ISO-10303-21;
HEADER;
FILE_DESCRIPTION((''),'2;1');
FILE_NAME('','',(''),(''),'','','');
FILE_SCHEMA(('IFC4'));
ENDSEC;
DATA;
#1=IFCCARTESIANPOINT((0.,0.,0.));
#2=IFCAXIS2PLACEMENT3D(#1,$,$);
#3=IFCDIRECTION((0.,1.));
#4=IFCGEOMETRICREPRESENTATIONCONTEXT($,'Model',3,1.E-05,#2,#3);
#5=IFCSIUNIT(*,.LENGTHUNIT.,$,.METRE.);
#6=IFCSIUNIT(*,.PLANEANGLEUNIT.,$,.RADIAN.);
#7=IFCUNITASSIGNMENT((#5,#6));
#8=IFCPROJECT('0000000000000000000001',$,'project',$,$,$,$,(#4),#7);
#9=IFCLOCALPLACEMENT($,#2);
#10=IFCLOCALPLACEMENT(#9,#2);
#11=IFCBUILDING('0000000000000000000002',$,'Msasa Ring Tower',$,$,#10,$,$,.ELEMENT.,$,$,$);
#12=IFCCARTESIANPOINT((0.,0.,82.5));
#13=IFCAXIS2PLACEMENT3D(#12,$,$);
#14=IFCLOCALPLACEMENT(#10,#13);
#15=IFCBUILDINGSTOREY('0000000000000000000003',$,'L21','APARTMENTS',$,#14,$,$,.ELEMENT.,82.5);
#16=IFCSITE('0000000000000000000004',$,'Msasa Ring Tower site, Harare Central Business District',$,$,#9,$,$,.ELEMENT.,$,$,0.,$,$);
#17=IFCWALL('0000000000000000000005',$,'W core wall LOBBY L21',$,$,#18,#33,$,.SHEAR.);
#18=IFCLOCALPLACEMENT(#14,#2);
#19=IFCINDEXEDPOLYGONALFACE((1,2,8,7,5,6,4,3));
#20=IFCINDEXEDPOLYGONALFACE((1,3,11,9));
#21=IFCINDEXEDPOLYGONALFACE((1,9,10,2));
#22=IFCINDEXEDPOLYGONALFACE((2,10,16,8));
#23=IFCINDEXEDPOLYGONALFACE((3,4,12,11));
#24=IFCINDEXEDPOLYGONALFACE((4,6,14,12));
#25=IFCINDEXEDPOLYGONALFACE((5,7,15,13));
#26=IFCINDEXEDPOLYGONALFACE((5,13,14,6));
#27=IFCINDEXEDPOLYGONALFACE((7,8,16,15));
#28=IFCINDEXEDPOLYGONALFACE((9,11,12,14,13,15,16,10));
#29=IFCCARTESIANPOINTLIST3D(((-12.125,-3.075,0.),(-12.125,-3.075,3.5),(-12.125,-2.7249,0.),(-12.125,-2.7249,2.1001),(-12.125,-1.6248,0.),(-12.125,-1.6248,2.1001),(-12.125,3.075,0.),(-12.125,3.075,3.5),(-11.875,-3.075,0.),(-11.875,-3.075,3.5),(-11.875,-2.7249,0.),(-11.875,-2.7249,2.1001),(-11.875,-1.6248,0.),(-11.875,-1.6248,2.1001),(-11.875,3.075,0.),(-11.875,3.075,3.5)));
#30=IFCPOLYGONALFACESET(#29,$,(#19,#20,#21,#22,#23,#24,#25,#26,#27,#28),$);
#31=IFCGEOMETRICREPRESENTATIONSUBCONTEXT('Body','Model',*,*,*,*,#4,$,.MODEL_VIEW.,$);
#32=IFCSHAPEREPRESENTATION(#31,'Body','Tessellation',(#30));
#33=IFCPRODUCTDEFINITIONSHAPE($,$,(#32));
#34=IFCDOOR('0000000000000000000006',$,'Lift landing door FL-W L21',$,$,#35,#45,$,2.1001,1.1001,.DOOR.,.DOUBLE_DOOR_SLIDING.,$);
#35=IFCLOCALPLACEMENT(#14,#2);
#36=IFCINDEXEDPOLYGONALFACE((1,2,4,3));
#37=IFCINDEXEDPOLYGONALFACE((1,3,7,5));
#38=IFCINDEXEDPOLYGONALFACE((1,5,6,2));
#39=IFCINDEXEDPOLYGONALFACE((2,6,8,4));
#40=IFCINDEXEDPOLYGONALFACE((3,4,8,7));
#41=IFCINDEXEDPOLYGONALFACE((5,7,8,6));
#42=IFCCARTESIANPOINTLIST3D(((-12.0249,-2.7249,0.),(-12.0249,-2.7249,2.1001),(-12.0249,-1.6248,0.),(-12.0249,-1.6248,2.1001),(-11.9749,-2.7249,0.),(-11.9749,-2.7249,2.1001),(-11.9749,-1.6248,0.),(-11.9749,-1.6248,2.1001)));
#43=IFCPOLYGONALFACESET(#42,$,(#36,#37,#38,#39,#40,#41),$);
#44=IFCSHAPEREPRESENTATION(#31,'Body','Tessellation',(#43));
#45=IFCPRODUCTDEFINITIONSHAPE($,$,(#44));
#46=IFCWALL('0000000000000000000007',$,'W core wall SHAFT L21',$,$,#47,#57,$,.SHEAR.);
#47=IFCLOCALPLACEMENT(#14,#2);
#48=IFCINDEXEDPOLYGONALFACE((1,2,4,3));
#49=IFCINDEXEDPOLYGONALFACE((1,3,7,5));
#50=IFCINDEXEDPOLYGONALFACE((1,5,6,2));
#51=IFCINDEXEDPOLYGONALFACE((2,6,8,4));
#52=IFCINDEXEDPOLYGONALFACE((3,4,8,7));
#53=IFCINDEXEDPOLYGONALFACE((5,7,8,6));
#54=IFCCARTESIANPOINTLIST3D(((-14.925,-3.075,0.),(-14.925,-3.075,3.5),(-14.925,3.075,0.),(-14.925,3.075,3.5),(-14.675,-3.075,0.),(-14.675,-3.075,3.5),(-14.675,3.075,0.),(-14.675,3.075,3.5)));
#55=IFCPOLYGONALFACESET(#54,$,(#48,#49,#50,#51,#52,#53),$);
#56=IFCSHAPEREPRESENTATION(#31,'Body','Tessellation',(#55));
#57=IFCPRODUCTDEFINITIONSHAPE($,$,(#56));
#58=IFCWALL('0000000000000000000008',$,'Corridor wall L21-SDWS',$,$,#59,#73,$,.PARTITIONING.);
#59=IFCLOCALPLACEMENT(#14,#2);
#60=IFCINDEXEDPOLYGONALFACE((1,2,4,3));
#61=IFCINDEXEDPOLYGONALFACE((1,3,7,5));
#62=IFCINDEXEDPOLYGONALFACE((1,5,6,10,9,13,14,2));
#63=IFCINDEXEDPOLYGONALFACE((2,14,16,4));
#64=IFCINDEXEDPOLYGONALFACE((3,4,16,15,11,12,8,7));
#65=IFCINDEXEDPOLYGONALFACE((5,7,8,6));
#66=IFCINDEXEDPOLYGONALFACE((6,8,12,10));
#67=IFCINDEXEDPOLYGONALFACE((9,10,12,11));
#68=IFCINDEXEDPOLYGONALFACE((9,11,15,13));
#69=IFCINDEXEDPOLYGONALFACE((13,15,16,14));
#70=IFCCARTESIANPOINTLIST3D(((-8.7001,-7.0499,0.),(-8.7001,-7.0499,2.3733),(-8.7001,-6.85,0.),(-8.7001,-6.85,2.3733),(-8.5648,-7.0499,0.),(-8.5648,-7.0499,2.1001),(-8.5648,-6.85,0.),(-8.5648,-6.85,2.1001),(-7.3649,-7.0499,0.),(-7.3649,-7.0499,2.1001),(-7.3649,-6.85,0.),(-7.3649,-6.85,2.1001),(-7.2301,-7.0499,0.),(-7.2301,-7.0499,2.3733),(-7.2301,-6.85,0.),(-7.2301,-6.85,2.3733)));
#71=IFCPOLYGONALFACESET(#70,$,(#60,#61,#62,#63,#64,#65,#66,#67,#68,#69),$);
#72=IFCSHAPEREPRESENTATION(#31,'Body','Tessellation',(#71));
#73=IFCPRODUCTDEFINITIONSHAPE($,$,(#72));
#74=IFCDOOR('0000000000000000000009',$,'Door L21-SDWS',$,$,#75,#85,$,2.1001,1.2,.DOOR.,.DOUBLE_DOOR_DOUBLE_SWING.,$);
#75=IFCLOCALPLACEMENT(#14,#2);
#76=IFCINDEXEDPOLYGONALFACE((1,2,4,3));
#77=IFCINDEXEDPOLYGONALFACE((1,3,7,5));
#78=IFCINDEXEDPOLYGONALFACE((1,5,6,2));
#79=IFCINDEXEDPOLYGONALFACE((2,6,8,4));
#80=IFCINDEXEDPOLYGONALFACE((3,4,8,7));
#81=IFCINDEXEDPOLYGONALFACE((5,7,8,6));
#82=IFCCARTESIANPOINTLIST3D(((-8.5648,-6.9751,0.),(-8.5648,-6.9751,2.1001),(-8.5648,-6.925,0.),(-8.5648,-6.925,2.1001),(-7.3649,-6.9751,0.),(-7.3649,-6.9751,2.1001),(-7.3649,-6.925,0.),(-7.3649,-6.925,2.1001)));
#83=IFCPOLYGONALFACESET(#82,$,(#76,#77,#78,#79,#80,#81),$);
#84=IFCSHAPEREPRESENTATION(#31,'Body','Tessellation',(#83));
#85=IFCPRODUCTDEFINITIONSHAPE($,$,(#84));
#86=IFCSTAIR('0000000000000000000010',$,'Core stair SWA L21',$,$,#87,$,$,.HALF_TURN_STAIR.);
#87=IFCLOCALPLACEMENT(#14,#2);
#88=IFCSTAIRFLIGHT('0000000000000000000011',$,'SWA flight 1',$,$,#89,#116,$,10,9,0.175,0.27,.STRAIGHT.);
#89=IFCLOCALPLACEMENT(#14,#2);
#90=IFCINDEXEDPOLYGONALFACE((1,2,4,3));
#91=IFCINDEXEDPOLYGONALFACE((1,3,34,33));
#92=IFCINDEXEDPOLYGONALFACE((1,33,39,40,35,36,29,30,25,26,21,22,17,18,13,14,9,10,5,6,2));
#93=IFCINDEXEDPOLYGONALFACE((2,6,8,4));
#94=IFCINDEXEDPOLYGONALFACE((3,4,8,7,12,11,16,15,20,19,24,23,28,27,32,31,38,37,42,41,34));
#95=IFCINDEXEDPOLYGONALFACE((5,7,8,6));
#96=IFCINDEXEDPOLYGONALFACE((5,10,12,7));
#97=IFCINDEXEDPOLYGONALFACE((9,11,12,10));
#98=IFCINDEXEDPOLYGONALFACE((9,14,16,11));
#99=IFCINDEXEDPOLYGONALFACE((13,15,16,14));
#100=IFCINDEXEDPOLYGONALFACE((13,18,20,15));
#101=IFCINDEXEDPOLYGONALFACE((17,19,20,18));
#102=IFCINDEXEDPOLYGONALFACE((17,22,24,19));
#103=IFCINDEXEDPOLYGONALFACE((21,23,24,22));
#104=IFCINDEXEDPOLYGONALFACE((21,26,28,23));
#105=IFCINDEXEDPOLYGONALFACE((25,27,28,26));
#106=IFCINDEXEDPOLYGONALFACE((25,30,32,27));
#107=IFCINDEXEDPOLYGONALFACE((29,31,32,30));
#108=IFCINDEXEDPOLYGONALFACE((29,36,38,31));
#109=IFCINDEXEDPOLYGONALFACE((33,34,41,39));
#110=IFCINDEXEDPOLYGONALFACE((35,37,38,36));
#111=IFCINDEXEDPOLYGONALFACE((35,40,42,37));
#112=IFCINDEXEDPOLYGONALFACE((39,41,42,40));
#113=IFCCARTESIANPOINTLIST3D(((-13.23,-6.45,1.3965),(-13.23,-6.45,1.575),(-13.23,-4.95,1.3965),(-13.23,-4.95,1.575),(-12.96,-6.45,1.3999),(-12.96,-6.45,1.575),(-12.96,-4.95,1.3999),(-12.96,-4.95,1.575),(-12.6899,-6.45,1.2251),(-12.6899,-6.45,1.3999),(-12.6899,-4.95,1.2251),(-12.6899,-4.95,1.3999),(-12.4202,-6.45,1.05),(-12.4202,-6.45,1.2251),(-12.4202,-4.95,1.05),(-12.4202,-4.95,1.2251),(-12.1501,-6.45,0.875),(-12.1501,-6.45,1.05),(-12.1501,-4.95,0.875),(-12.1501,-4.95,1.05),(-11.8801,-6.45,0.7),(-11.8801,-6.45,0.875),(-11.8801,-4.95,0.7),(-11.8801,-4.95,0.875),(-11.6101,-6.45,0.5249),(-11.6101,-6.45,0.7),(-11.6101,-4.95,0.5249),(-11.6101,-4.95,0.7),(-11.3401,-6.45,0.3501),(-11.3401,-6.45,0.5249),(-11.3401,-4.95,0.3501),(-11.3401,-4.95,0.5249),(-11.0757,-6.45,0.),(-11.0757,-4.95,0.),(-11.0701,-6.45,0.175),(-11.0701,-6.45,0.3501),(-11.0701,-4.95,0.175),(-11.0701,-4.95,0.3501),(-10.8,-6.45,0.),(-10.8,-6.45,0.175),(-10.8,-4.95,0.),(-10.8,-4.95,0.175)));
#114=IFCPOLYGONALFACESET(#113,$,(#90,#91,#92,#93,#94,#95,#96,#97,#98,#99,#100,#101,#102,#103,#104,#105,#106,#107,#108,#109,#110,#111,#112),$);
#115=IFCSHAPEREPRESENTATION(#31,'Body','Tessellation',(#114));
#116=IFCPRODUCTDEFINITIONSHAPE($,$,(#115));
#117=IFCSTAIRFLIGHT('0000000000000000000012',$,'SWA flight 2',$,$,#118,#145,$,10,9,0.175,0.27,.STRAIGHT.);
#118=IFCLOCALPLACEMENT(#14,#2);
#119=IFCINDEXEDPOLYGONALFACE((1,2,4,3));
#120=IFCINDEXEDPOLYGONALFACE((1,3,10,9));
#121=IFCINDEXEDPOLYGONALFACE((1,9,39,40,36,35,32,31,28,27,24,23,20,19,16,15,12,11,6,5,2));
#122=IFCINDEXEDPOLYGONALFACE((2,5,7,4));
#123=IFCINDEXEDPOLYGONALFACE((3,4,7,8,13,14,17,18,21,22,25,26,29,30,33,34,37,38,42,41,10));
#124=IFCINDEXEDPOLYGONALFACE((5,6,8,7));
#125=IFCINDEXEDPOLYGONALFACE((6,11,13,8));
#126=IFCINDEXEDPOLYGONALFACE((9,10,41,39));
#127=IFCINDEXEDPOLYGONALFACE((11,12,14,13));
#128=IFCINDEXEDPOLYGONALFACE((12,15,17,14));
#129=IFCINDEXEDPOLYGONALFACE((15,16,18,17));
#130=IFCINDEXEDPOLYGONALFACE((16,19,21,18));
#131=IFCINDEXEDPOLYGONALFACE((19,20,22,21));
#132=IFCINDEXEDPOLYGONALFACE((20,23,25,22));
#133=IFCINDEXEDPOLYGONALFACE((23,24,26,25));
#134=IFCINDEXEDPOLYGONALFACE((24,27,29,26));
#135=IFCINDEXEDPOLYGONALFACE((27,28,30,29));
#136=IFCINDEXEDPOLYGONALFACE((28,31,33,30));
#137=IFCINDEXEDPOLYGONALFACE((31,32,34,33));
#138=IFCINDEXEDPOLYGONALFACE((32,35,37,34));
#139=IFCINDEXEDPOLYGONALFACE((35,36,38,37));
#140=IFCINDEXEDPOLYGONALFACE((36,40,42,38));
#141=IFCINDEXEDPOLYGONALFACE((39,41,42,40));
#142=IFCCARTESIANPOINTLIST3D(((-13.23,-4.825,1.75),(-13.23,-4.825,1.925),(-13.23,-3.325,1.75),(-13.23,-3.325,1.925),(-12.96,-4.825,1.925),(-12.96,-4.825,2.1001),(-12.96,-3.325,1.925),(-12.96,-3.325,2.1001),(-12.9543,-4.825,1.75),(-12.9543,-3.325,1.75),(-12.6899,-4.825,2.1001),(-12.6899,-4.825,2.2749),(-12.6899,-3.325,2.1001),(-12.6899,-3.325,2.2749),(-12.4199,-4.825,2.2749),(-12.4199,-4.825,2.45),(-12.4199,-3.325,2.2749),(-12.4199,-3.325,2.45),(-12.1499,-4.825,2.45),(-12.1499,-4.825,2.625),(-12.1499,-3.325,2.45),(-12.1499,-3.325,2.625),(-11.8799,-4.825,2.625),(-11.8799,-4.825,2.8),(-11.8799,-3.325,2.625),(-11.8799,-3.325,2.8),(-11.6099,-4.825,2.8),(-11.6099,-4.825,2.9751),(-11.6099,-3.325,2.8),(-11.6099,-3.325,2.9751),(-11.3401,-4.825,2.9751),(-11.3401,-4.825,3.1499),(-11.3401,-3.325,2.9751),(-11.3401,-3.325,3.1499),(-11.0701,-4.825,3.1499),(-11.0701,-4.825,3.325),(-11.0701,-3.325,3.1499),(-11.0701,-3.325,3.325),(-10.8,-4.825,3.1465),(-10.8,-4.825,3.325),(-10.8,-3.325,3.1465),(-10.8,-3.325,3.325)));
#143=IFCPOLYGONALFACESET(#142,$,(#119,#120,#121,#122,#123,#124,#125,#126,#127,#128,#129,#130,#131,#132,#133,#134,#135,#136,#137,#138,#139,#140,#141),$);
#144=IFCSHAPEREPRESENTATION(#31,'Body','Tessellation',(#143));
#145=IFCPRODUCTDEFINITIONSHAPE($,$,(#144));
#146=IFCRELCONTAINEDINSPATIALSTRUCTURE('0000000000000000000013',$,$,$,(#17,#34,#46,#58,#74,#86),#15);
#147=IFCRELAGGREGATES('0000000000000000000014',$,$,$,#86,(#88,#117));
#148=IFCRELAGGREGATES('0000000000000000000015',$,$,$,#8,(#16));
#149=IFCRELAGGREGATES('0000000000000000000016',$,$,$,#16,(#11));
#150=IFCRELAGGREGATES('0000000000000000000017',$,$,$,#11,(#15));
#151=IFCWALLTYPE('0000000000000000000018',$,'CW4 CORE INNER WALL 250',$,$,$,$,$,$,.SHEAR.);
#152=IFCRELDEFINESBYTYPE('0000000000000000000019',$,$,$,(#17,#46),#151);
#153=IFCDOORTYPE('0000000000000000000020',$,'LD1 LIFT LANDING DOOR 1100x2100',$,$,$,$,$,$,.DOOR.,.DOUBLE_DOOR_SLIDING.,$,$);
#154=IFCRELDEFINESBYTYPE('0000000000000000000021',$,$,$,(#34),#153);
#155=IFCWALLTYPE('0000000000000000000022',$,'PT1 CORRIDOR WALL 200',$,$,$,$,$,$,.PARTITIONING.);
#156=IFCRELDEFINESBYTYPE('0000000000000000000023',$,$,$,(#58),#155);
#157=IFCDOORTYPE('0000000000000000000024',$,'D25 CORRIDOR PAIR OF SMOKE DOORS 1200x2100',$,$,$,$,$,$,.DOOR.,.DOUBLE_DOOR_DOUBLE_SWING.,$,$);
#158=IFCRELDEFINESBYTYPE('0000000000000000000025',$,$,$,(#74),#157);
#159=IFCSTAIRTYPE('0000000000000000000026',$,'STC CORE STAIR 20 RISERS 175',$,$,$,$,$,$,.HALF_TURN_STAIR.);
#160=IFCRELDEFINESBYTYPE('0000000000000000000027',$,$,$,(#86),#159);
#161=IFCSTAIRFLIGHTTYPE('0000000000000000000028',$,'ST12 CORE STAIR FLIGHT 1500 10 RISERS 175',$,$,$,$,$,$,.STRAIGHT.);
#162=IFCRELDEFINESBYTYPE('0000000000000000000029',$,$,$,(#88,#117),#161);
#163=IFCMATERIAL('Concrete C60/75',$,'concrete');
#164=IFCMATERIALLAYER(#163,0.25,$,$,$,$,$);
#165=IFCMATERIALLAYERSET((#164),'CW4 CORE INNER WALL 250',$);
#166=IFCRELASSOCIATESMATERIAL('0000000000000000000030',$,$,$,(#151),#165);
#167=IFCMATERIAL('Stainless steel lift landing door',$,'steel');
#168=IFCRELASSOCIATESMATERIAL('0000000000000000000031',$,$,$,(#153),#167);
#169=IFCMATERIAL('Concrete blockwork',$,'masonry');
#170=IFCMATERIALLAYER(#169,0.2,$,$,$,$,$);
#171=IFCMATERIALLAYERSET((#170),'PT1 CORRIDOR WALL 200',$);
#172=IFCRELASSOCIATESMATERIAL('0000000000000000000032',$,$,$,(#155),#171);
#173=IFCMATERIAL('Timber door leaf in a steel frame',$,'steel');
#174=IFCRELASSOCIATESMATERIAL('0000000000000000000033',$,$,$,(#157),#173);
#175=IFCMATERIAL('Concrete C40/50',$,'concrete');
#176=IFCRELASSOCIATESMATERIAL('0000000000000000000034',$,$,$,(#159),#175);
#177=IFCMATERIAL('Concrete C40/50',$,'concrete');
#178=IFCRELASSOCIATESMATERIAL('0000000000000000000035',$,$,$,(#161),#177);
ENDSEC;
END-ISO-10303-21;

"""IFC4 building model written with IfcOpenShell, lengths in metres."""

from ifc_helpers import new_model, si_unit, direction, frame, frame_2d, origin, place, context, subcontext, project, spatial, polyline, rectangle, outline, extrude, material, layer, layer_set, type_object, element, fill, aggregate, save


model = new_model("IFC4")

# Units and contexts
model_context = context("Model", 3, precision=1e-05, world=origin(), true_north=direction((0.0, 1.0)))
body_context = subcontext(model_context, "Body", "Model", "MODEL_VIEW")
ifc_project = project(units=[si_unit("LENGTHUNIT", "METRE"), si_unit("PLANEANGLEUNIT", "RADIAN")], contexts=[model_context])

# Site, building, storey
site_placement = place(None, origin())
site = spatial("IfcSite", under=ifc_project, at=site_placement, Name="Msasa Ring Tower site, Harare Central Business District", CompositionType="ELEMENT", RefElevation=0.0)
building_placement = place(site_placement, origin())
building = spatial("IfcBuilding", under=site, at=building_placement, Name="Msasa Ring Tower", CompositionType="ELEMENT")
storey_placement = place(building_placement, frame((0.0, 0.0, 82.5)))
storey = spatial("IfcBuildingStorey", under=building, at=storey_placement, Name="L21", Description="APARTMENTS", CompositionType="ELEMENT", Elevation=82.5)

# Wall, opening, door
ifc_material_1 = material(Name="Concrete C60/75", Category="concrete")
ifc_layer_1 = layer(ifc_material_1, 0.25)
ifc_layer_set_1 = layer_set([ifc_layer_1], Name="CW4 CORE INNER WALL 250")
wall_type_1 = type_object("IfcWallType", Name="CW4 CORE INNER WALL 250", PredefinedType="SHEAR", material=ifc_layer_set_1)
wall_1_placement = place(storey_placement, frame((-12.0, -3.075, 0.0), z_axis=(0.0, 0.0, 1.0), x_axis=(0.0, 1.0, 0.0)))
wall_1 = element("IfcWall", 1, at=wall_1_placement, inside=storey, type_object=wall_type_1, Name="W core wall LOBBY L21", PredefinedType="SHEAR", context=body_context, shape_type="SweptSolid", body=[
    extrude(rectangle(XDim=6.1499, YDim=0.25, at=frame_2d((3.075, 0.0))), origin(), (0.0, 0.0, 1.0), 3.5),
])
opening_1_placement = place(wall_1_placement, frame((0.3501, 0.0, 0.0)))
opening_1 = element("IfcOpeningElement", 2, at=opening_1_placement, cuts=wall_1, PredefinedType="OPENING", context=body_context, shape_type="SweptSolid", body=[
    extrude(rectangle(XDim=1.1001, YDim=2.1001, at=frame_2d((0.55, 1.05))), frame((0.0, 0.135, 0.0), z_axis=(0.0, -1.0, 0.0), x_axis=(1.0, 0.0, 0.0)), (0.0, 0.0, 1.0), 0.27),
])
ifc_material_2 = material(Name="Stainless steel lift landing door", Category="steel")
door_type_1 = type_object("IfcDoorType", Name="LD1 LIFT LANDING DOOR 1100x2100", OperationType="DOUBLE_DOOR_SLIDING", PredefinedType="DOOR", material=ifc_material_2)
door_1_placement = place(opening_1_placement, origin())
door_1 = element("IfcDoor", 3, at=door_1_placement, inside=storey, type_object=door_type_1, Name="Lift landing door FL-W L21", OperationType="DOUBLE_DOOR_SLIDING", OverallHeight=2.1001, OverallWidth=1.1001, PredefinedType="DOOR", context=body_context, shape_type="SweptSolid", body=[
    extrude(rectangle(XDim=1.1001, YDim=2.1001, at=frame_2d((0.55, 1.05))), frame((0.0, 0.0249, 0.0), z_axis=(0.0, -1.0, 0.0), x_axis=(1.0, 0.0, 0.0)), (0.0, 0.0, 1.0), 0.05),
])
fill(opening_1, door_1)

# Wall
wall_2_placement = place(storey_placement, frame((-14.8, -3.075, 0.0), z_axis=(0.0, 0.0, 1.0), x_axis=(0.0, 1.0, 0.0)))
element("IfcWall", 4, at=wall_2_placement, inside=storey, type_object=wall_type_1, Name="W core wall SHAFT L21", PredefinedType="SHEAR", context=body_context, shape_type="SweptSolid", body=[
    extrude(rectangle(XDim=6.1499, YDim=0.25, at=frame_2d((3.075, 0.0))), origin(), (0.0, 0.0, 1.0), 3.5),
])

# Wall, opening, door
ifc_material_3 = material(Name="Concrete blockwork", Category="masonry")
ifc_layer_2 = layer(ifc_material_3, 0.2)
ifc_layer_set_2 = layer_set([ifc_layer_2], Name="PT1 CORRIDOR WALL 200")
wall_type_2 = type_object("IfcWallType", Name="PT1 CORRIDOR WALL 200", PredefinedType="PARTITIONING", material=ifc_layer_set_2)
wall_3_placement = place(storey_placement, frame((-8.7, -6.95, 0.0), z_axis=(0.0, 0.0, 1.0), x_axis=(1.0, 0.0, 0.0)))
wall_3 = element("IfcWall", 5, at=wall_3_placement, inside=storey, type_object=wall_type_2, Name="Corridor wall L21-SDWS", PredefinedType="PARTITIONING", context=body_context, shape_type="SweptSolid", body=[
    extrude(rectangle(XDim=1.47, YDim=0.2, at=frame_2d((0.7349, 0.0))), origin(), (0.0, 0.0, 1.0), 2.3733),
])
opening_2_placement = place(wall_3_placement, frame((0.135, 0.0, 0.0)))
opening_2 = element("IfcOpeningElement", 6, at=opening_2_placement, cuts=wall_3, PredefinedType="OPENING", context=body_context, shape_type="SweptSolid", body=[
    extrude(rectangle(XDim=1.2, YDim=2.1001, at=frame_2d((0.6001, 1.05))), frame((0.0, 0.1099, 0.0), z_axis=(0.0, -1.0, 0.0), x_axis=(1.0, 0.0, 0.0)), (0.0, 0.0, 1.0), 0.22),
])
ifc_material_4 = material(Name="Timber door leaf in a steel frame", Category="steel")
door_type_2 = type_object("IfcDoorType", Name="D25 CORRIDOR PAIR OF SMOKE DOORS 1200x2100", OperationType="DOUBLE_DOOR_DOUBLE_SWING", PredefinedType="DOOR", material=ifc_material_4)
door_2_placement = place(opening_2_placement, origin())
door_2 = element("IfcDoor", 7, at=door_2_placement, inside=storey, type_object=door_type_2, Name="Door L21-SDWS", OperationType="DOUBLE_DOOR_DOUBLE_SWING", OverallHeight=2.1001, OverallWidth=1.2, PredefinedType="DOOR", context=body_context, shape_type="SweptSolid", body=[
    extrude(rectangle(XDim=1.2, YDim=2.1001, at=frame_2d((0.6001, 1.05))), frame((0.0, 0.0249, 0.0), z_axis=(0.0, -1.0, 0.0), x_axis=(1.0, 0.0, 0.0)), (0.0, 0.0, 1.0), 0.05),
])
fill(opening_2, door_2)

# Stair, stair flights
ifc_material_5 = material(Name="Concrete C40/50", Category="concrete")
stair_type = type_object("IfcStairType", Name="STC CORE STAIR 20 RISERS 175", PredefinedType="HALF_TURN_STAIR", material=ifc_material_5)
stair_placement = place(storey_placement, origin())
stair = element("IfcStair", 8, at=stair_placement, inside=storey, type_object=stair_type, Name="Core stair SWA L21", PredefinedType="HALF_TURN_STAIR")
ifc_material_6 = material(Name="Concrete C40/50", Category="concrete")
stair_flight_type = type_object("IfcStairFlightType", Name="ST12 CORE STAIR FLIGHT 1500 10 RISERS 175", PredefinedType="STRAIGHT", material=ifc_material_6)
stair_flight_1_placement = place(storey_placement, frame((-10.8, -5.7, 0.0), z_axis=(0.0, 0.0, 1.0), x_axis=(-1.0, 0.0, 0.0)))
stair_flight_1 = element("IfcStairFlight", 9, at=stair_flight_1_placement, type_object=stair_flight_type, Name="SWA flight 1", NumberOfRisers=10, NumberOfTreads=9, PredefinedType="STRAIGHT", RiserHeight=0.175, TreadLength=0.27, context=body_context, shape_type="SweptSolid", body=[
    extrude(outline(polyline([(0.0, 0.0), (0.0, 0.175), (0.27, 0.175), (0.27, 0.3501), (0.54, 0.3501), (0.54, 0.5249), (0.8101, 0.5249), (0.8101, 0.7), (1.0801, 0.7), (1.0801, 0.875), (1.3501, 0.875), (1.3501, 1.05), (1.6201, 1.05), (1.6201, 1.2251), (1.8899, 1.2251), (1.8899, 1.3999), (2.1599, 1.3999), (2.1599, 1.575), (2.4299, 1.575), (2.4299, 1.75), (2.4299, 1.3965), (0.2756, 0.0), (0.0, 0.0)])), frame((0.0, 0.75, 0.0), z_axis=(0.0, -1.0, 0.0), x_axis=(1.0, 0.0, 0.0)), (0.0, 0.0, 1.0), 1.5),
])
stair_flight_2_placement = place(storey_placement, frame((-13.23, -4.075, 1.75), z_axis=(0.0, 0.0, 1.0), x_axis=(1.0, 0.0, 0.0)))
stair_flight_2 = element("IfcStairFlight", 10, at=stair_flight_2_placement, type_object=stair_flight_type, Name="SWA flight 2", NumberOfRisers=10, NumberOfTreads=9, PredefinedType="STRAIGHT", RiserHeight=0.175, TreadLength=0.27, context=body_context, shape_type="SweptSolid", body=[
    extrude(outline(polyline([(0.0, 0.0), (0.0, 0.175), (0.27, 0.175), (0.27, 0.3501), (0.54, 0.3501), (0.54, 0.5249), (0.8101, 0.5249), (0.8101, 0.7), (1.0801, 0.7), (1.0801, 0.875), (1.3501, 0.875), (1.3501, 1.05), (1.6201, 1.05), (1.6201, 1.2251), (1.8899, 1.2251), (1.8899, 1.3999), (2.1599, 1.3999), (2.1599, 1.575), (2.4299, 1.575), (2.4299, 1.75), (2.4299, 1.3965), (0.2756, 0.0), (0.0, 0.0)])), frame((0.0, 0.75, 0.0), z_axis=(0.0, -1.0, 0.0), x_axis=(1.0, 0.0, 0.0)), (0.0, 0.0, 1.0), 1.5),
])
aggregate(stair, [stair_flight_1, stair_flight_2])

save(model, "model.ifc")
